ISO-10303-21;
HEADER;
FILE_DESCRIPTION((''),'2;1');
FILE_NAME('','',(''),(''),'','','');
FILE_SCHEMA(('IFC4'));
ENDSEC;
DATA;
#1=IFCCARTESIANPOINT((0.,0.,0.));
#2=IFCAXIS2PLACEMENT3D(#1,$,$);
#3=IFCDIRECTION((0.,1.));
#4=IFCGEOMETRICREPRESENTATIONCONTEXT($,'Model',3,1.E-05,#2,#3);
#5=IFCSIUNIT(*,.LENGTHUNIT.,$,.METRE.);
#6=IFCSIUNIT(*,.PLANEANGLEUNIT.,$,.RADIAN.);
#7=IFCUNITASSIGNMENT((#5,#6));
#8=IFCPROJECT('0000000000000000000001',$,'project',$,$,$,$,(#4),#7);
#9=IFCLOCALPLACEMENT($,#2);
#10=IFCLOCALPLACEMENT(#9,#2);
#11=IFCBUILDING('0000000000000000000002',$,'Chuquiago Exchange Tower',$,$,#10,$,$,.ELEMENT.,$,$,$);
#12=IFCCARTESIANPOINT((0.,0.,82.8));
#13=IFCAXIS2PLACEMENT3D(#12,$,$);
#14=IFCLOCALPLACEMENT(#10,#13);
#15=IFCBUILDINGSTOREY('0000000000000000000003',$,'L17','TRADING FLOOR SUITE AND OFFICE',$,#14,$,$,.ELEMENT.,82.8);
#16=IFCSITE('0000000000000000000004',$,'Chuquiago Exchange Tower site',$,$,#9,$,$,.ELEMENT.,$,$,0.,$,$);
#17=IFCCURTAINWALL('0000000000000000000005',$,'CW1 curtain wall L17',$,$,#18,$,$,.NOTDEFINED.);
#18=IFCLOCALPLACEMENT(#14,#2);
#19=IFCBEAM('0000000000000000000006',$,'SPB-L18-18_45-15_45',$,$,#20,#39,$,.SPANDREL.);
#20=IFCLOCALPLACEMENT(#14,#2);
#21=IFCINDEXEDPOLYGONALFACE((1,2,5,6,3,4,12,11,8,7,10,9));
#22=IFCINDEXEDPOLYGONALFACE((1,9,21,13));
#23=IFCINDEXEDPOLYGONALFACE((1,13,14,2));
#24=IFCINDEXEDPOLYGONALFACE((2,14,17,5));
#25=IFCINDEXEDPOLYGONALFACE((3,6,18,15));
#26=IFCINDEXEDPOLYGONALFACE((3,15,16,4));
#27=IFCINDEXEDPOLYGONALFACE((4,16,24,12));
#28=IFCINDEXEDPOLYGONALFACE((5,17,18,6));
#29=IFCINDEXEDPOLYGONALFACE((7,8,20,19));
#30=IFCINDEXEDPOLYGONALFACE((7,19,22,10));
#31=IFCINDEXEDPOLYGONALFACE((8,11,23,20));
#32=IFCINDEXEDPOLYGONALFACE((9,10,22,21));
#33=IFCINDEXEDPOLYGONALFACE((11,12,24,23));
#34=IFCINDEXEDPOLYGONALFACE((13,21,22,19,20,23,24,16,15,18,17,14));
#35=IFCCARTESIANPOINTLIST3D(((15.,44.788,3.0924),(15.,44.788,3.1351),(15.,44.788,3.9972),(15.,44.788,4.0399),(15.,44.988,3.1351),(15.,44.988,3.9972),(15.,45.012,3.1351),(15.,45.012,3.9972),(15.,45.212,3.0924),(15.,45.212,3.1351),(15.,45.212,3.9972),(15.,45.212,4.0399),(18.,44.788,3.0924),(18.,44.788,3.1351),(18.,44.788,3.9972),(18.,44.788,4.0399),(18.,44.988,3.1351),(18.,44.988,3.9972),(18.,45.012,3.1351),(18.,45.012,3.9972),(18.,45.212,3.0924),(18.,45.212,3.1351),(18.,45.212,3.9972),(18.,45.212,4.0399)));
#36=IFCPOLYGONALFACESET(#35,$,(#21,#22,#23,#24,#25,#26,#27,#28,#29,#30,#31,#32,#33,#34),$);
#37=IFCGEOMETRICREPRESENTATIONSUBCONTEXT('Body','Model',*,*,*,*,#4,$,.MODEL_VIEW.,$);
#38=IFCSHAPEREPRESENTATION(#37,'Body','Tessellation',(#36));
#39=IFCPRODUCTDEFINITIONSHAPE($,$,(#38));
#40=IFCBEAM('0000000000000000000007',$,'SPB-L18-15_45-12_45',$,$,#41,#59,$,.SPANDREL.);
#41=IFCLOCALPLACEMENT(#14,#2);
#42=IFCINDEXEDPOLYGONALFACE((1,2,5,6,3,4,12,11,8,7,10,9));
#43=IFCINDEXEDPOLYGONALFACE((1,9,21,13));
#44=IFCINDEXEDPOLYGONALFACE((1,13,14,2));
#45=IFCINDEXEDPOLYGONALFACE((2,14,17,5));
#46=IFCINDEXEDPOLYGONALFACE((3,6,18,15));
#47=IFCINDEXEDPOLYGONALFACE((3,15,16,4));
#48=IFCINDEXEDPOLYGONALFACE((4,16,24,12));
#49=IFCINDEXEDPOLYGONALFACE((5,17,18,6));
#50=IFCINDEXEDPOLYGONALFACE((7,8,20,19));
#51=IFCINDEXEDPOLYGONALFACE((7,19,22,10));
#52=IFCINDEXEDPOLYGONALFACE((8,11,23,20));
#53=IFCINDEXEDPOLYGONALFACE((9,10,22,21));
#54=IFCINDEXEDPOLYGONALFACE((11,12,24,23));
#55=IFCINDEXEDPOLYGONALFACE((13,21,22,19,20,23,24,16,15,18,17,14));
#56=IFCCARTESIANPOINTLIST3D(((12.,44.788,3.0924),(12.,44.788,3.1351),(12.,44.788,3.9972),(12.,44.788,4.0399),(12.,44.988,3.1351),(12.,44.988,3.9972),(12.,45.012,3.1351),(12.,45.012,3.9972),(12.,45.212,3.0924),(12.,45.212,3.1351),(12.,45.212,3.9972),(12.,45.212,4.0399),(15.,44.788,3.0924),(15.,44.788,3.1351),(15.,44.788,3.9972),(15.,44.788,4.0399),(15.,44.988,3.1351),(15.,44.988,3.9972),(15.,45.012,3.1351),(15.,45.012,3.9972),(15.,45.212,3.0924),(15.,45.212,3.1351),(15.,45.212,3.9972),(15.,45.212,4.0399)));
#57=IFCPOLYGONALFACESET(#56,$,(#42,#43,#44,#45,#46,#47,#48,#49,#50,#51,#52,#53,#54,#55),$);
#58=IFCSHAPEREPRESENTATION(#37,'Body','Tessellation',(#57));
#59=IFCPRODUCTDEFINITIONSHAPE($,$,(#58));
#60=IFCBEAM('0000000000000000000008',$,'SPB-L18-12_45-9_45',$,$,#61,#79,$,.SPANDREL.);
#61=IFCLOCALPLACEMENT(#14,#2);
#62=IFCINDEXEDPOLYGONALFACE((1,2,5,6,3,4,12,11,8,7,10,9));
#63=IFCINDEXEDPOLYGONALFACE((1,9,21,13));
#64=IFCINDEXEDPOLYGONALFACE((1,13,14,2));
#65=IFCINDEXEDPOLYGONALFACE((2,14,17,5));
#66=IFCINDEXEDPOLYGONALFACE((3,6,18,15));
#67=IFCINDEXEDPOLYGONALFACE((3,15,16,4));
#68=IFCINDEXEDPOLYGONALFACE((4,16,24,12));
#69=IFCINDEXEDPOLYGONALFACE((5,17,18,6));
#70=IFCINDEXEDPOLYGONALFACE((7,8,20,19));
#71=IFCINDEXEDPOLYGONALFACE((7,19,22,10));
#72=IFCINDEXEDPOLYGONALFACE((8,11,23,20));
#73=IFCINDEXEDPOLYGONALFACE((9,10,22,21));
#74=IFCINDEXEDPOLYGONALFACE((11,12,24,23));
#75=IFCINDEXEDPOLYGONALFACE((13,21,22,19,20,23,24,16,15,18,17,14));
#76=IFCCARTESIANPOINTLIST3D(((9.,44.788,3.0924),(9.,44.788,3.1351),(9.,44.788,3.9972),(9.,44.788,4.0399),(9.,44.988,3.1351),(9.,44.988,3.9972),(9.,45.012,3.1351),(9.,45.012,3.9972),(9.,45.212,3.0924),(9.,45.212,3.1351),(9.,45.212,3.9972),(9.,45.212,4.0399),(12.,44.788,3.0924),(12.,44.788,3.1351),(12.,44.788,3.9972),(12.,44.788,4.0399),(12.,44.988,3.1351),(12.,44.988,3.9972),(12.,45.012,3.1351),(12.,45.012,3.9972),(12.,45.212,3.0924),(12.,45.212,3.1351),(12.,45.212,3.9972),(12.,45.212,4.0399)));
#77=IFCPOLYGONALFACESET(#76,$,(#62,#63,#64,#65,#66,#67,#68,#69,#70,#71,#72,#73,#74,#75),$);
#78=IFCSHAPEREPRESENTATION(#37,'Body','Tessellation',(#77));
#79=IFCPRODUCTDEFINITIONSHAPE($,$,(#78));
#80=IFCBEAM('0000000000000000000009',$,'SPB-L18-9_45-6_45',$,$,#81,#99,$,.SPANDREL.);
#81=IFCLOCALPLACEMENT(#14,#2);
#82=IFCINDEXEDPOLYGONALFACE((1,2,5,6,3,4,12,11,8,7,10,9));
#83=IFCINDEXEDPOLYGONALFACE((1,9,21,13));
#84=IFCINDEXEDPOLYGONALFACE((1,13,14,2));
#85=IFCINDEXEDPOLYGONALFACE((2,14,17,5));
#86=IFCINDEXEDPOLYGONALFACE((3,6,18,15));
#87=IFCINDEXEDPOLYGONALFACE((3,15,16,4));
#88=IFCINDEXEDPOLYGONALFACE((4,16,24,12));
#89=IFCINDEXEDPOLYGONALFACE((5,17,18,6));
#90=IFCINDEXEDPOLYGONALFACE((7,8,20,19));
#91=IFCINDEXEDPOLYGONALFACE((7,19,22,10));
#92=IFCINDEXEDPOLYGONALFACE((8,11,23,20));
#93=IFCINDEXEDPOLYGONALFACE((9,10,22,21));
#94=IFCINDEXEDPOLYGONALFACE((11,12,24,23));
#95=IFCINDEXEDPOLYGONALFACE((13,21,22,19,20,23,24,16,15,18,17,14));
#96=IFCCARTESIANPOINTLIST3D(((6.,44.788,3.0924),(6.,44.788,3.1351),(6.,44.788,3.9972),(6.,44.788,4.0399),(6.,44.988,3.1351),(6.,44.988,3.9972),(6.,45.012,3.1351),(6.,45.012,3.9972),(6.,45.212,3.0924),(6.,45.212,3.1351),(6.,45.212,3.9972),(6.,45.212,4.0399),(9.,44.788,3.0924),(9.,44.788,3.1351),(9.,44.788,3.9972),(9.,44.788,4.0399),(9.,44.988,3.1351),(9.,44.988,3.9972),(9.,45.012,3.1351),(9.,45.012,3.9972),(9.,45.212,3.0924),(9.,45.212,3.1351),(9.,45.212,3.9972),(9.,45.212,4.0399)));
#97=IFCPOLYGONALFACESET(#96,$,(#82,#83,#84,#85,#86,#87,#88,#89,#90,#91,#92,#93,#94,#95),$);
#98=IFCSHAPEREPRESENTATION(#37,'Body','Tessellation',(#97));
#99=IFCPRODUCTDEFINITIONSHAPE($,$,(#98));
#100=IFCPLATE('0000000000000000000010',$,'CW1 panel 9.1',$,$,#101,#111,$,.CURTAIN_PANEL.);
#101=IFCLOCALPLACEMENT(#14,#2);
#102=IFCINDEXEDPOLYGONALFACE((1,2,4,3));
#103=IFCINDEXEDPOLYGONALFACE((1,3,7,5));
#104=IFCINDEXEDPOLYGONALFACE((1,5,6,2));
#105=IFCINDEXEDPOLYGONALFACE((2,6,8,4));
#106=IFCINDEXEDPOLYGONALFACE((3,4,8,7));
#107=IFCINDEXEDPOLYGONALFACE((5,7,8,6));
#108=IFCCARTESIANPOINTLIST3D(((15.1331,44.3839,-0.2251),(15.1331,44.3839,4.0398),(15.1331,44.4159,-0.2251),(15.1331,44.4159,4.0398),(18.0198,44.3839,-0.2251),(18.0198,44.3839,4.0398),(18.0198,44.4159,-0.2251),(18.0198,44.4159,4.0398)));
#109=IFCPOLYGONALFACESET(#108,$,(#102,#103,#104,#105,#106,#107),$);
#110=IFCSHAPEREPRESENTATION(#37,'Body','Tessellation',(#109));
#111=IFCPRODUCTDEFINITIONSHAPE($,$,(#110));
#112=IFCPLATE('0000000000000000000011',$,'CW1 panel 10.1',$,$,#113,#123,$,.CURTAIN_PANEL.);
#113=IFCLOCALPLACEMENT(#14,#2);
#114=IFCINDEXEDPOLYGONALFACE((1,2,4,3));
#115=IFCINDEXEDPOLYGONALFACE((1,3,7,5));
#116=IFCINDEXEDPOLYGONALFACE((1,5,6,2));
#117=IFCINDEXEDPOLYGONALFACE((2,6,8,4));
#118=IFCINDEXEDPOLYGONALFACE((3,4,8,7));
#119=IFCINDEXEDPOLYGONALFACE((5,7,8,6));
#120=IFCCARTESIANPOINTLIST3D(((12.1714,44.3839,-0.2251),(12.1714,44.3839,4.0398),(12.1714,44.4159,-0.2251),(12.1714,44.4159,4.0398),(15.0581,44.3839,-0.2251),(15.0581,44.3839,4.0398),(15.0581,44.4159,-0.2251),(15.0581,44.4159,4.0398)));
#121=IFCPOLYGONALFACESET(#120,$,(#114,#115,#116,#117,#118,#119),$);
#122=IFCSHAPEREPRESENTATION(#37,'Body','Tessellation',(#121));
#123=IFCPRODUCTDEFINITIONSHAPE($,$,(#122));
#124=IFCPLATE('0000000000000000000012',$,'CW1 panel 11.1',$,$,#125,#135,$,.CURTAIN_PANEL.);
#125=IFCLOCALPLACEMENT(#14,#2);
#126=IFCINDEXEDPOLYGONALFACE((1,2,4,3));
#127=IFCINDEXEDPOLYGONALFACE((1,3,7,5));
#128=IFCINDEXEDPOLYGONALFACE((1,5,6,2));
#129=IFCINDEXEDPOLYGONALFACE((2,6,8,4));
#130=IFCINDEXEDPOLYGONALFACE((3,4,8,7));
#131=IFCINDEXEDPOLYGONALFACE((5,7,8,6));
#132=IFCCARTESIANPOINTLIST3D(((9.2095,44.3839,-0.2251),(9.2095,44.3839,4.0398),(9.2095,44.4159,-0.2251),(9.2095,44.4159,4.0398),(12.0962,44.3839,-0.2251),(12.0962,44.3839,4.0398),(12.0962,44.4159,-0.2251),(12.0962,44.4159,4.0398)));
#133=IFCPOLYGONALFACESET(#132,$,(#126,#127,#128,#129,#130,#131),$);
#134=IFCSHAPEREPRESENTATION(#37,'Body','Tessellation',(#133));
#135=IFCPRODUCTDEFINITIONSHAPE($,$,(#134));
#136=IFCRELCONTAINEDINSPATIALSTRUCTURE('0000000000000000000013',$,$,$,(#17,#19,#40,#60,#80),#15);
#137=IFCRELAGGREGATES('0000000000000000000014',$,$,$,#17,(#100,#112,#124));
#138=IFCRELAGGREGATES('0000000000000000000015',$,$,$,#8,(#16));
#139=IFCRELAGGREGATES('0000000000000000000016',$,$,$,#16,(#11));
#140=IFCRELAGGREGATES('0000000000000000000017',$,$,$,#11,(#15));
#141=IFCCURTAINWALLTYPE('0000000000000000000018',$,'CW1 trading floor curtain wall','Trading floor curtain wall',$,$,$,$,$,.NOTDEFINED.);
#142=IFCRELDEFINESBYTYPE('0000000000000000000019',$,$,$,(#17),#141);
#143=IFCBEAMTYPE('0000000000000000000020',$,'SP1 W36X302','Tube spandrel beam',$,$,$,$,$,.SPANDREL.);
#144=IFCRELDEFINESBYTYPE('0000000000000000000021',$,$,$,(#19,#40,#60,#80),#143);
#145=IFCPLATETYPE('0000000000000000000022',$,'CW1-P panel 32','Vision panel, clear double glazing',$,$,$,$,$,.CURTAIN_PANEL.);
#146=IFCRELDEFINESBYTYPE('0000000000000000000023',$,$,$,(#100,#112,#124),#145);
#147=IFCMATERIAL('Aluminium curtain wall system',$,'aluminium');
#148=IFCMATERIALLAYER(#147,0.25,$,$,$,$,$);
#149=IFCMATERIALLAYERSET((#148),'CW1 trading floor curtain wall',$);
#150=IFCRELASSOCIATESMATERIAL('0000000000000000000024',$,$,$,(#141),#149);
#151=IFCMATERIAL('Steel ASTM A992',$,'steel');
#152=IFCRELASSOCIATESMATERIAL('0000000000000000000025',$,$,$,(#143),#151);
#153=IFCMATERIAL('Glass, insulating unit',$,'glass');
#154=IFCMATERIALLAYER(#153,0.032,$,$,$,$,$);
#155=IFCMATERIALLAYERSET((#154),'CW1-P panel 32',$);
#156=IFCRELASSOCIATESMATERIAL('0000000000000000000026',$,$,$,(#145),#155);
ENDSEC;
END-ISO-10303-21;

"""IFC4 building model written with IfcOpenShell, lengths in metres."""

from ifc_helpers import new_model, si_unit, direction, frame, origin, origin_2d, place, context, subcontext, project, spatial, rectangle, i_section, extrude, material, layer, layer_set, material_profile, profile_set, type_object, element, aggregate, save


model = new_model("IFC4")

# Units and contexts
model_context = context("Model", 3, precision=1e-05, world=origin(), true_north=direction((0.0, 1.0)))
body_context = subcontext(model_context, "Body", "Model", "MODEL_VIEW")
ifc_project = project(units=[si_unit("LENGTHUNIT", "METRE"), si_unit("PLANEANGLEUNIT", "RADIAN")], contexts=[model_context])

# Site, building, storey
site_placement = place(None, origin())
site = spatial("IfcSite", under=ifc_project, at=site_placement, Name="Chuquiago Exchange Tower site", CompositionType="ELEMENT", RefElevation=0.0)
building_placement = place(site_placement, origin())
building = spatial("IfcBuilding", under=site, at=building_placement, Name="Chuquiago Exchange Tower", CompositionType="ELEMENT")
storey_placement = place(building_placement, frame((0.0, 0.0, 82.8)))
storey = spatial("IfcBuildingStorey", under=building, at=storey_placement, Name="L17", Description="TRADING FLOOR SUITE AND OFFICE", CompositionType="ELEMENT", Elevation=82.8)

# Curtain wall
ifc_material_1 = material(Name="Aluminium curtain wall system", Category="aluminium")
ifc_layer_1 = layer(ifc_material_1, 0.25)
ifc_layer_set_1 = layer_set([ifc_layer_1], Name="CW1 trading floor curtain wall")
curtain_wall_type = type_object("IfcCurtainWallType", Name="CW1 trading floor curtain wall", Description="Trading floor curtain wall", PredefinedType="NOTDEFINED", material=ifc_layer_set_1)
curtain_wall_placement = place(storey_placement, origin())
curtain_wall = element("IfcCurtainWall", 1, at=curtain_wall_placement, inside=storey, type_object=curtain_wall_type, Name="CW1 curtain wall L17", PredefinedType="NOTDEFINED")

# Beams
ifc_material_2 = material(Name="Steel ASTM A992", Category="steel")
ifc_material_profile_1 = material_profile(ifc_material_2, i_section(OverallWidth=0.4241, OverallDepth=0.9475, WebThickness=0.0239, FlangeThickness=0.0427, at=origin_2d()), Name="W36X302")
ifc_profile_set_1 = profile_set([ifc_material_profile_1], Name="Steel ASTM A992")
beam_type = type_object("IfcBeamType", Name="SP1 W36X302", Description="Tube spandrel beam", PredefinedType="SPANDREL", material=ifc_profile_set_1)
for number, where, z_axis, x_axis, name in (
    (2, (18.0, 45.0, 3.5662), (-1.0, 0.0, 0.0), (0.0, -1.0, 0.0), "SPB-L18-18_45-15_45"),
    (3, (15.0, 45.0, 3.5662), (-1.0, 0.0, 0.0), (0.0, -1.0, 0.0), "SPB-L18-15_45-12_45"),
    (4, (12.0, 45.0, 3.5662), (-1.0, 0.0, 0.0), (0.0, -1.0, 0.0), "SPB-L18-12_45-9_45"),
    (5, (9.0, 45.0, 3.5662), (-1.0, 0.0, 0.0), (0.0, -1.0, 0.0), "SPB-L18-9_45-6_45"),
):
    element("IfcBeam", number, at=place(storey_placement, frame(where, z_axis=z_axis, x_axis=x_axis)), inside=storey, type_object=beam_type, Name=name, PredefinedType="SPANDREL", context=body_context, shape_type="SweptSolid", body=[
        extrude(i_section(OverallWidth=0.4241, OverallDepth=0.9475, WebThickness=0.0239, FlangeThickness=0.0427, at=origin_2d()), origin(), (0.0, 0.0, 1.0), 3.0),
    ])

# Plates
ifc_material_3 = material(Name="Glass, insulating unit", Category="glass")
ifc_layer_2 = layer(ifc_material_3, 0.032)
ifc_layer_set_2 = layer_set([ifc_layer_2], Name="CW1-P panel 32")
plate_type = type_object("IfcPlateType", Name="CW1-P panel 32", Description="Vision panel, clear double glazing", PredefinedType="CURTAIN_PANEL", material=ifc_layer_set_2)
plate_1_placement = place(storey_placement, frame((16.5764, 44.3999, -0.2251), z_axis=(0.0, 0.0, 1.0), x_axis=(-1.0, 0.0, 0.0)))
plate_1 = element("IfcPlate", 6, at=plate_1_placement, type_object=plate_type, Name="CW1 panel 9.1", PredefinedType="CURTAIN_PANEL", context=body_context, shape_type="SweptSolid", body=[
    extrude(rectangle(XDim=2.8867, YDim=0.032, at=origin_2d()), origin(), (0.0, 0.0, 1.0), 4.2649),
])
plate_2_placement = place(storey_placement, frame((13.6147, 44.3999, -0.2251), z_axis=(0.0, 0.0, 1.0), x_axis=(-1.0, 0.0, 0.0)))
plate_2 = element("IfcPlate", 7, at=plate_2_placement, type_object=plate_type, Name="CW1 panel 10.1", PredefinedType="CURTAIN_PANEL", context=body_context, shape_type="SweptSolid", body=[
    extrude(rectangle(XDim=2.8867, YDim=0.032, at=origin_2d()), origin(), (0.0, 0.0, 1.0), 4.2649),
])
plate_3_placement = place(storey_placement, frame((10.6528, 44.3999, -0.2251), z_axis=(0.0, 0.0, 1.0), x_axis=(-1.0, 0.0, 0.0)))
plate_3 = element("IfcPlate", 8, at=plate_3_placement, type_object=plate_type, Name="CW1 panel 11.1", PredefinedType="CURTAIN_PANEL", context=body_context, shape_type="SweptSolid", body=[
    extrude(rectangle(XDim=2.8867, YDim=0.032, at=origin_2d()), origin(), (0.0, 0.0, 1.0), 4.2649),
])
aggregate(curtain_wall, [plate_1, plate_2, plate_3])

save(model, "model.ifc")
